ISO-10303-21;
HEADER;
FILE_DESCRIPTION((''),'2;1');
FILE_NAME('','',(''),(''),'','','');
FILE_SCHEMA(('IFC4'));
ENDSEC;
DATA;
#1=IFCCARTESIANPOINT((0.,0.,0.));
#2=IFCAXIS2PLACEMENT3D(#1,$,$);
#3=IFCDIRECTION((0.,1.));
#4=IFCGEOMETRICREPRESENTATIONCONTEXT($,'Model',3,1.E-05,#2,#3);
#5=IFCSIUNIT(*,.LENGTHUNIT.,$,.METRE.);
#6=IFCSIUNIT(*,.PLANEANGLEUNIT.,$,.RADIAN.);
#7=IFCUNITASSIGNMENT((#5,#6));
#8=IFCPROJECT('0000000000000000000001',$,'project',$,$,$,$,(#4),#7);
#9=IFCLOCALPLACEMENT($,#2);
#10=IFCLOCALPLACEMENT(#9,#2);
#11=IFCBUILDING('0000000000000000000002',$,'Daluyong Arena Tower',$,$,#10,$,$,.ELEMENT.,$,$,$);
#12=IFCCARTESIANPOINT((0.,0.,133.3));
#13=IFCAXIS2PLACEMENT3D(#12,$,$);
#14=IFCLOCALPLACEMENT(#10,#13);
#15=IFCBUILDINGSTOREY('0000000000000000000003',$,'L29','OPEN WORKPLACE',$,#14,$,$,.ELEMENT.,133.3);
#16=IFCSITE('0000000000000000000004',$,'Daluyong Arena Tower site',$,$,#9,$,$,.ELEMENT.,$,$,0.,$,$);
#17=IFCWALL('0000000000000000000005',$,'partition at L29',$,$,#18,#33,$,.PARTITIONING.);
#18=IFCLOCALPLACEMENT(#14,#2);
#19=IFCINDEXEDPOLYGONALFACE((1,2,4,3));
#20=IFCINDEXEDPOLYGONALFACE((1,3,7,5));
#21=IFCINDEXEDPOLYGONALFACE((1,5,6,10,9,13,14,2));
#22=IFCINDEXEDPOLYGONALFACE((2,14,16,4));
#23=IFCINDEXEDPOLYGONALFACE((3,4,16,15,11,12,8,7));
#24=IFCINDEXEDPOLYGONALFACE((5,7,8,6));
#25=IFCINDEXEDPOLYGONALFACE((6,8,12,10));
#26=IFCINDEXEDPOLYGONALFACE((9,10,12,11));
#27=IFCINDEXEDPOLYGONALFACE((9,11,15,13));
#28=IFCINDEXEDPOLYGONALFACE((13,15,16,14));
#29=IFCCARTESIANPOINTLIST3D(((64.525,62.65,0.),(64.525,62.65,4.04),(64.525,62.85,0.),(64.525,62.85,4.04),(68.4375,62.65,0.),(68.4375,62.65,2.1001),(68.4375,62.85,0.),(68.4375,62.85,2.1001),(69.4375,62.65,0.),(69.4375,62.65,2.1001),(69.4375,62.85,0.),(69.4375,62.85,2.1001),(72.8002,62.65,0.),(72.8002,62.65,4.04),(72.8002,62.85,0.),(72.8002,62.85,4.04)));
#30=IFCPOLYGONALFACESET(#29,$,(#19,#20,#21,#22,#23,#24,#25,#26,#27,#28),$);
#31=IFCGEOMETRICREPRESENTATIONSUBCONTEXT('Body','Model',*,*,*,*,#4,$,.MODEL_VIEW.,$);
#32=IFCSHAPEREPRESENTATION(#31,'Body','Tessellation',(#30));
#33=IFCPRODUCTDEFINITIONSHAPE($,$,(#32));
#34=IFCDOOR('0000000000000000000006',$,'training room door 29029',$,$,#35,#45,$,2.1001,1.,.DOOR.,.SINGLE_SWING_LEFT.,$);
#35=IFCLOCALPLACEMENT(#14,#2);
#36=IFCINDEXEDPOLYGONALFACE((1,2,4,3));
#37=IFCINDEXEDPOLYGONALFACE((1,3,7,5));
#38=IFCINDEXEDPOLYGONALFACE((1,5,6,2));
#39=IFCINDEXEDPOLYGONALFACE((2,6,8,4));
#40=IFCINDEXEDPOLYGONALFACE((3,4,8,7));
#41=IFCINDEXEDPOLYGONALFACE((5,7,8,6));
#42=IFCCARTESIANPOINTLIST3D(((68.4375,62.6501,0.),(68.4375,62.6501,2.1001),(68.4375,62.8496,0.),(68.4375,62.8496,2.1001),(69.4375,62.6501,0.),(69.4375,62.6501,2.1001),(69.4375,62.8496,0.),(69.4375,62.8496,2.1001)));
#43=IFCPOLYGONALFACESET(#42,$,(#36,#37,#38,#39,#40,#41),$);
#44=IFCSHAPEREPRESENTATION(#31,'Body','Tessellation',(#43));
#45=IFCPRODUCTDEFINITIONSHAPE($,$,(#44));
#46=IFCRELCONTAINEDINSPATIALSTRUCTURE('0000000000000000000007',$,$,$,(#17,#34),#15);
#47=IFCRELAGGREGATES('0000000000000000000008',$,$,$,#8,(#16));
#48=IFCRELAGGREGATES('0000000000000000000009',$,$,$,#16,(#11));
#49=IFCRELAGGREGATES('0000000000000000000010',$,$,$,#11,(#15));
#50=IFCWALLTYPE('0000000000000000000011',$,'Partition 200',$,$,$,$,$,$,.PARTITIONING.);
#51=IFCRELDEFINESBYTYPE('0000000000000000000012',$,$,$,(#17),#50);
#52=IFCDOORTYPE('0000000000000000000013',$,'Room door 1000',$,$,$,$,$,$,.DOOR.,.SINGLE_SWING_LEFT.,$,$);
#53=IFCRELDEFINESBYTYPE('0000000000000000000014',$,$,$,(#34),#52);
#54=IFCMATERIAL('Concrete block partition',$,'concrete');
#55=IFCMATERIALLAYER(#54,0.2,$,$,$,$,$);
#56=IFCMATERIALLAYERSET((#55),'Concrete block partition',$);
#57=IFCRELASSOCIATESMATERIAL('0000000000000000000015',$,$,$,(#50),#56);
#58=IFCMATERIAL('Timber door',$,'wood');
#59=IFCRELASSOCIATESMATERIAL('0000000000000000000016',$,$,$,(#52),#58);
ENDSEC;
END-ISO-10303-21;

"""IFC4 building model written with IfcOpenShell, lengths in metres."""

from ifc_helpers import new_model, si_unit, direction, frame, frame_2d, origin, place, context, subcontext, project, spatial, rectangle, extrude, material, layer, layer_set, type_object, element, fill, save


model = new_model("IFC4")

# Units and contexts
model_context = context("Model", 3, precision=1e-05, world=origin(), true_north=direction((0.0, 1.0)))
body_context = subcontext(model_context, "Body", "Model", "MODEL_VIEW")
ifc_project = project(units=[si_unit("LENGTHUNIT", "METRE"), si_unit("PLANEANGLEUNIT", "RADIAN")], contexts=[model_context])

# Site, building, storey
site_placement = place(None, origin())
site = spatial("IfcSite", under=ifc_project, at=site_placement, Name="Daluyong Arena Tower site", CompositionType="ELEMENT", RefElevation=0.0)
building_placement = place(site_placement, origin())
building = spatial("IfcBuilding", under=site, at=building_placement, Name="Daluyong Arena Tower", CompositionType="ELEMENT")
storey_placement = place(building_placement, frame((0.0, 0.0, 133.3)))
storey = spatial("IfcBuildingStorey", under=building, at=storey_placement, Name="L29", Description="OPEN WORKPLACE", CompositionType="ELEMENT", Elevation=133.3)

# Shared definitions
ifc_material_1 = material(Name="Concrete block partition", Category="concrete")
ifc_layer_1 = layer(ifc_material_1, 0.2)
ifc_layer_set_1 = layer_set([ifc_layer_1], Name="Concrete block partition")
wall_type_1 = type_object("IfcWallType", Name="Partition 200", PredefinedType="PARTITIONING", material=ifc_layer_set_1)

# Wall, opening, door
wall_1_placement = place(storey_placement, frame((64.5249, 62.75, 0.0), z_axis=(0.0, 0.0, 1.0), x_axis=(1.0, 0.0, 0.0)))
wall_1 = element("IfcWall", 1, at=wall_1_placement, inside=storey, type_object=wall_type_1, Name="partition at L29", PredefinedType="PARTITIONING", context=body_context, shape_type="SweptSolid", body=[
    extrude(rectangle(XDim=8.2751, YDim=0.2, at=frame_2d((4.1377, 0.0))), origin(), (0.0, 0.0, 1.0), 4.04),
])
opening_1_placement = place(wall_1_placement, frame((3.9126, 0.0, 0.0)))
opening_1 = element("IfcOpeningElement", 2, at=opening_1_placement, cuts=wall_1, PredefinedType="OPENING", context=body_context, shape_type="SweptSolid", body=[
    extrude(rectangle(XDim=1.0, YDim=2.1001, at=frame_2d((0.5, 1.05))), frame((0.0, 0.1099, 0.0), z_axis=(0.0, -1.0, 0.0), x_axis=(1.0, 0.0, 0.0)), (0.0, 0.0, 1.0), 0.22),
])
ifc_material_2 = material(Name="Timber door", Category="wood")
door_type_1 = type_object("IfcDoorType", Name="Room door 1000", OperationType="SINGLE_SWING_LEFT", PredefinedType="DOOR", material=ifc_material_2)
door_1_placement = place(opening_1_placement, origin())
door_1 = element("IfcDoor", 3, at=door_1_placement, inside=storey, type_object=door_type_1, Name="training room door 29029", OperationType="SINGLE_SWING_LEFT", OverallHeight=2.1001, OverallWidth=1.0, PredefinedType="DOOR", context=body_context, shape_type="SweptSolid", body=[
    extrude(rectangle(XDim=1.0, YDim=2.1001, at=frame_2d((0.5, 1.05))), frame((0.0, 0.0996, 0.0), z_axis=(0.0, -1.0, 0.0), x_axis=(1.0, 0.0, 0.0)), (0.0, 0.0, 1.0), 0.1995),
])
fill(opening_1, door_1)

save(model, "model.ifc")
